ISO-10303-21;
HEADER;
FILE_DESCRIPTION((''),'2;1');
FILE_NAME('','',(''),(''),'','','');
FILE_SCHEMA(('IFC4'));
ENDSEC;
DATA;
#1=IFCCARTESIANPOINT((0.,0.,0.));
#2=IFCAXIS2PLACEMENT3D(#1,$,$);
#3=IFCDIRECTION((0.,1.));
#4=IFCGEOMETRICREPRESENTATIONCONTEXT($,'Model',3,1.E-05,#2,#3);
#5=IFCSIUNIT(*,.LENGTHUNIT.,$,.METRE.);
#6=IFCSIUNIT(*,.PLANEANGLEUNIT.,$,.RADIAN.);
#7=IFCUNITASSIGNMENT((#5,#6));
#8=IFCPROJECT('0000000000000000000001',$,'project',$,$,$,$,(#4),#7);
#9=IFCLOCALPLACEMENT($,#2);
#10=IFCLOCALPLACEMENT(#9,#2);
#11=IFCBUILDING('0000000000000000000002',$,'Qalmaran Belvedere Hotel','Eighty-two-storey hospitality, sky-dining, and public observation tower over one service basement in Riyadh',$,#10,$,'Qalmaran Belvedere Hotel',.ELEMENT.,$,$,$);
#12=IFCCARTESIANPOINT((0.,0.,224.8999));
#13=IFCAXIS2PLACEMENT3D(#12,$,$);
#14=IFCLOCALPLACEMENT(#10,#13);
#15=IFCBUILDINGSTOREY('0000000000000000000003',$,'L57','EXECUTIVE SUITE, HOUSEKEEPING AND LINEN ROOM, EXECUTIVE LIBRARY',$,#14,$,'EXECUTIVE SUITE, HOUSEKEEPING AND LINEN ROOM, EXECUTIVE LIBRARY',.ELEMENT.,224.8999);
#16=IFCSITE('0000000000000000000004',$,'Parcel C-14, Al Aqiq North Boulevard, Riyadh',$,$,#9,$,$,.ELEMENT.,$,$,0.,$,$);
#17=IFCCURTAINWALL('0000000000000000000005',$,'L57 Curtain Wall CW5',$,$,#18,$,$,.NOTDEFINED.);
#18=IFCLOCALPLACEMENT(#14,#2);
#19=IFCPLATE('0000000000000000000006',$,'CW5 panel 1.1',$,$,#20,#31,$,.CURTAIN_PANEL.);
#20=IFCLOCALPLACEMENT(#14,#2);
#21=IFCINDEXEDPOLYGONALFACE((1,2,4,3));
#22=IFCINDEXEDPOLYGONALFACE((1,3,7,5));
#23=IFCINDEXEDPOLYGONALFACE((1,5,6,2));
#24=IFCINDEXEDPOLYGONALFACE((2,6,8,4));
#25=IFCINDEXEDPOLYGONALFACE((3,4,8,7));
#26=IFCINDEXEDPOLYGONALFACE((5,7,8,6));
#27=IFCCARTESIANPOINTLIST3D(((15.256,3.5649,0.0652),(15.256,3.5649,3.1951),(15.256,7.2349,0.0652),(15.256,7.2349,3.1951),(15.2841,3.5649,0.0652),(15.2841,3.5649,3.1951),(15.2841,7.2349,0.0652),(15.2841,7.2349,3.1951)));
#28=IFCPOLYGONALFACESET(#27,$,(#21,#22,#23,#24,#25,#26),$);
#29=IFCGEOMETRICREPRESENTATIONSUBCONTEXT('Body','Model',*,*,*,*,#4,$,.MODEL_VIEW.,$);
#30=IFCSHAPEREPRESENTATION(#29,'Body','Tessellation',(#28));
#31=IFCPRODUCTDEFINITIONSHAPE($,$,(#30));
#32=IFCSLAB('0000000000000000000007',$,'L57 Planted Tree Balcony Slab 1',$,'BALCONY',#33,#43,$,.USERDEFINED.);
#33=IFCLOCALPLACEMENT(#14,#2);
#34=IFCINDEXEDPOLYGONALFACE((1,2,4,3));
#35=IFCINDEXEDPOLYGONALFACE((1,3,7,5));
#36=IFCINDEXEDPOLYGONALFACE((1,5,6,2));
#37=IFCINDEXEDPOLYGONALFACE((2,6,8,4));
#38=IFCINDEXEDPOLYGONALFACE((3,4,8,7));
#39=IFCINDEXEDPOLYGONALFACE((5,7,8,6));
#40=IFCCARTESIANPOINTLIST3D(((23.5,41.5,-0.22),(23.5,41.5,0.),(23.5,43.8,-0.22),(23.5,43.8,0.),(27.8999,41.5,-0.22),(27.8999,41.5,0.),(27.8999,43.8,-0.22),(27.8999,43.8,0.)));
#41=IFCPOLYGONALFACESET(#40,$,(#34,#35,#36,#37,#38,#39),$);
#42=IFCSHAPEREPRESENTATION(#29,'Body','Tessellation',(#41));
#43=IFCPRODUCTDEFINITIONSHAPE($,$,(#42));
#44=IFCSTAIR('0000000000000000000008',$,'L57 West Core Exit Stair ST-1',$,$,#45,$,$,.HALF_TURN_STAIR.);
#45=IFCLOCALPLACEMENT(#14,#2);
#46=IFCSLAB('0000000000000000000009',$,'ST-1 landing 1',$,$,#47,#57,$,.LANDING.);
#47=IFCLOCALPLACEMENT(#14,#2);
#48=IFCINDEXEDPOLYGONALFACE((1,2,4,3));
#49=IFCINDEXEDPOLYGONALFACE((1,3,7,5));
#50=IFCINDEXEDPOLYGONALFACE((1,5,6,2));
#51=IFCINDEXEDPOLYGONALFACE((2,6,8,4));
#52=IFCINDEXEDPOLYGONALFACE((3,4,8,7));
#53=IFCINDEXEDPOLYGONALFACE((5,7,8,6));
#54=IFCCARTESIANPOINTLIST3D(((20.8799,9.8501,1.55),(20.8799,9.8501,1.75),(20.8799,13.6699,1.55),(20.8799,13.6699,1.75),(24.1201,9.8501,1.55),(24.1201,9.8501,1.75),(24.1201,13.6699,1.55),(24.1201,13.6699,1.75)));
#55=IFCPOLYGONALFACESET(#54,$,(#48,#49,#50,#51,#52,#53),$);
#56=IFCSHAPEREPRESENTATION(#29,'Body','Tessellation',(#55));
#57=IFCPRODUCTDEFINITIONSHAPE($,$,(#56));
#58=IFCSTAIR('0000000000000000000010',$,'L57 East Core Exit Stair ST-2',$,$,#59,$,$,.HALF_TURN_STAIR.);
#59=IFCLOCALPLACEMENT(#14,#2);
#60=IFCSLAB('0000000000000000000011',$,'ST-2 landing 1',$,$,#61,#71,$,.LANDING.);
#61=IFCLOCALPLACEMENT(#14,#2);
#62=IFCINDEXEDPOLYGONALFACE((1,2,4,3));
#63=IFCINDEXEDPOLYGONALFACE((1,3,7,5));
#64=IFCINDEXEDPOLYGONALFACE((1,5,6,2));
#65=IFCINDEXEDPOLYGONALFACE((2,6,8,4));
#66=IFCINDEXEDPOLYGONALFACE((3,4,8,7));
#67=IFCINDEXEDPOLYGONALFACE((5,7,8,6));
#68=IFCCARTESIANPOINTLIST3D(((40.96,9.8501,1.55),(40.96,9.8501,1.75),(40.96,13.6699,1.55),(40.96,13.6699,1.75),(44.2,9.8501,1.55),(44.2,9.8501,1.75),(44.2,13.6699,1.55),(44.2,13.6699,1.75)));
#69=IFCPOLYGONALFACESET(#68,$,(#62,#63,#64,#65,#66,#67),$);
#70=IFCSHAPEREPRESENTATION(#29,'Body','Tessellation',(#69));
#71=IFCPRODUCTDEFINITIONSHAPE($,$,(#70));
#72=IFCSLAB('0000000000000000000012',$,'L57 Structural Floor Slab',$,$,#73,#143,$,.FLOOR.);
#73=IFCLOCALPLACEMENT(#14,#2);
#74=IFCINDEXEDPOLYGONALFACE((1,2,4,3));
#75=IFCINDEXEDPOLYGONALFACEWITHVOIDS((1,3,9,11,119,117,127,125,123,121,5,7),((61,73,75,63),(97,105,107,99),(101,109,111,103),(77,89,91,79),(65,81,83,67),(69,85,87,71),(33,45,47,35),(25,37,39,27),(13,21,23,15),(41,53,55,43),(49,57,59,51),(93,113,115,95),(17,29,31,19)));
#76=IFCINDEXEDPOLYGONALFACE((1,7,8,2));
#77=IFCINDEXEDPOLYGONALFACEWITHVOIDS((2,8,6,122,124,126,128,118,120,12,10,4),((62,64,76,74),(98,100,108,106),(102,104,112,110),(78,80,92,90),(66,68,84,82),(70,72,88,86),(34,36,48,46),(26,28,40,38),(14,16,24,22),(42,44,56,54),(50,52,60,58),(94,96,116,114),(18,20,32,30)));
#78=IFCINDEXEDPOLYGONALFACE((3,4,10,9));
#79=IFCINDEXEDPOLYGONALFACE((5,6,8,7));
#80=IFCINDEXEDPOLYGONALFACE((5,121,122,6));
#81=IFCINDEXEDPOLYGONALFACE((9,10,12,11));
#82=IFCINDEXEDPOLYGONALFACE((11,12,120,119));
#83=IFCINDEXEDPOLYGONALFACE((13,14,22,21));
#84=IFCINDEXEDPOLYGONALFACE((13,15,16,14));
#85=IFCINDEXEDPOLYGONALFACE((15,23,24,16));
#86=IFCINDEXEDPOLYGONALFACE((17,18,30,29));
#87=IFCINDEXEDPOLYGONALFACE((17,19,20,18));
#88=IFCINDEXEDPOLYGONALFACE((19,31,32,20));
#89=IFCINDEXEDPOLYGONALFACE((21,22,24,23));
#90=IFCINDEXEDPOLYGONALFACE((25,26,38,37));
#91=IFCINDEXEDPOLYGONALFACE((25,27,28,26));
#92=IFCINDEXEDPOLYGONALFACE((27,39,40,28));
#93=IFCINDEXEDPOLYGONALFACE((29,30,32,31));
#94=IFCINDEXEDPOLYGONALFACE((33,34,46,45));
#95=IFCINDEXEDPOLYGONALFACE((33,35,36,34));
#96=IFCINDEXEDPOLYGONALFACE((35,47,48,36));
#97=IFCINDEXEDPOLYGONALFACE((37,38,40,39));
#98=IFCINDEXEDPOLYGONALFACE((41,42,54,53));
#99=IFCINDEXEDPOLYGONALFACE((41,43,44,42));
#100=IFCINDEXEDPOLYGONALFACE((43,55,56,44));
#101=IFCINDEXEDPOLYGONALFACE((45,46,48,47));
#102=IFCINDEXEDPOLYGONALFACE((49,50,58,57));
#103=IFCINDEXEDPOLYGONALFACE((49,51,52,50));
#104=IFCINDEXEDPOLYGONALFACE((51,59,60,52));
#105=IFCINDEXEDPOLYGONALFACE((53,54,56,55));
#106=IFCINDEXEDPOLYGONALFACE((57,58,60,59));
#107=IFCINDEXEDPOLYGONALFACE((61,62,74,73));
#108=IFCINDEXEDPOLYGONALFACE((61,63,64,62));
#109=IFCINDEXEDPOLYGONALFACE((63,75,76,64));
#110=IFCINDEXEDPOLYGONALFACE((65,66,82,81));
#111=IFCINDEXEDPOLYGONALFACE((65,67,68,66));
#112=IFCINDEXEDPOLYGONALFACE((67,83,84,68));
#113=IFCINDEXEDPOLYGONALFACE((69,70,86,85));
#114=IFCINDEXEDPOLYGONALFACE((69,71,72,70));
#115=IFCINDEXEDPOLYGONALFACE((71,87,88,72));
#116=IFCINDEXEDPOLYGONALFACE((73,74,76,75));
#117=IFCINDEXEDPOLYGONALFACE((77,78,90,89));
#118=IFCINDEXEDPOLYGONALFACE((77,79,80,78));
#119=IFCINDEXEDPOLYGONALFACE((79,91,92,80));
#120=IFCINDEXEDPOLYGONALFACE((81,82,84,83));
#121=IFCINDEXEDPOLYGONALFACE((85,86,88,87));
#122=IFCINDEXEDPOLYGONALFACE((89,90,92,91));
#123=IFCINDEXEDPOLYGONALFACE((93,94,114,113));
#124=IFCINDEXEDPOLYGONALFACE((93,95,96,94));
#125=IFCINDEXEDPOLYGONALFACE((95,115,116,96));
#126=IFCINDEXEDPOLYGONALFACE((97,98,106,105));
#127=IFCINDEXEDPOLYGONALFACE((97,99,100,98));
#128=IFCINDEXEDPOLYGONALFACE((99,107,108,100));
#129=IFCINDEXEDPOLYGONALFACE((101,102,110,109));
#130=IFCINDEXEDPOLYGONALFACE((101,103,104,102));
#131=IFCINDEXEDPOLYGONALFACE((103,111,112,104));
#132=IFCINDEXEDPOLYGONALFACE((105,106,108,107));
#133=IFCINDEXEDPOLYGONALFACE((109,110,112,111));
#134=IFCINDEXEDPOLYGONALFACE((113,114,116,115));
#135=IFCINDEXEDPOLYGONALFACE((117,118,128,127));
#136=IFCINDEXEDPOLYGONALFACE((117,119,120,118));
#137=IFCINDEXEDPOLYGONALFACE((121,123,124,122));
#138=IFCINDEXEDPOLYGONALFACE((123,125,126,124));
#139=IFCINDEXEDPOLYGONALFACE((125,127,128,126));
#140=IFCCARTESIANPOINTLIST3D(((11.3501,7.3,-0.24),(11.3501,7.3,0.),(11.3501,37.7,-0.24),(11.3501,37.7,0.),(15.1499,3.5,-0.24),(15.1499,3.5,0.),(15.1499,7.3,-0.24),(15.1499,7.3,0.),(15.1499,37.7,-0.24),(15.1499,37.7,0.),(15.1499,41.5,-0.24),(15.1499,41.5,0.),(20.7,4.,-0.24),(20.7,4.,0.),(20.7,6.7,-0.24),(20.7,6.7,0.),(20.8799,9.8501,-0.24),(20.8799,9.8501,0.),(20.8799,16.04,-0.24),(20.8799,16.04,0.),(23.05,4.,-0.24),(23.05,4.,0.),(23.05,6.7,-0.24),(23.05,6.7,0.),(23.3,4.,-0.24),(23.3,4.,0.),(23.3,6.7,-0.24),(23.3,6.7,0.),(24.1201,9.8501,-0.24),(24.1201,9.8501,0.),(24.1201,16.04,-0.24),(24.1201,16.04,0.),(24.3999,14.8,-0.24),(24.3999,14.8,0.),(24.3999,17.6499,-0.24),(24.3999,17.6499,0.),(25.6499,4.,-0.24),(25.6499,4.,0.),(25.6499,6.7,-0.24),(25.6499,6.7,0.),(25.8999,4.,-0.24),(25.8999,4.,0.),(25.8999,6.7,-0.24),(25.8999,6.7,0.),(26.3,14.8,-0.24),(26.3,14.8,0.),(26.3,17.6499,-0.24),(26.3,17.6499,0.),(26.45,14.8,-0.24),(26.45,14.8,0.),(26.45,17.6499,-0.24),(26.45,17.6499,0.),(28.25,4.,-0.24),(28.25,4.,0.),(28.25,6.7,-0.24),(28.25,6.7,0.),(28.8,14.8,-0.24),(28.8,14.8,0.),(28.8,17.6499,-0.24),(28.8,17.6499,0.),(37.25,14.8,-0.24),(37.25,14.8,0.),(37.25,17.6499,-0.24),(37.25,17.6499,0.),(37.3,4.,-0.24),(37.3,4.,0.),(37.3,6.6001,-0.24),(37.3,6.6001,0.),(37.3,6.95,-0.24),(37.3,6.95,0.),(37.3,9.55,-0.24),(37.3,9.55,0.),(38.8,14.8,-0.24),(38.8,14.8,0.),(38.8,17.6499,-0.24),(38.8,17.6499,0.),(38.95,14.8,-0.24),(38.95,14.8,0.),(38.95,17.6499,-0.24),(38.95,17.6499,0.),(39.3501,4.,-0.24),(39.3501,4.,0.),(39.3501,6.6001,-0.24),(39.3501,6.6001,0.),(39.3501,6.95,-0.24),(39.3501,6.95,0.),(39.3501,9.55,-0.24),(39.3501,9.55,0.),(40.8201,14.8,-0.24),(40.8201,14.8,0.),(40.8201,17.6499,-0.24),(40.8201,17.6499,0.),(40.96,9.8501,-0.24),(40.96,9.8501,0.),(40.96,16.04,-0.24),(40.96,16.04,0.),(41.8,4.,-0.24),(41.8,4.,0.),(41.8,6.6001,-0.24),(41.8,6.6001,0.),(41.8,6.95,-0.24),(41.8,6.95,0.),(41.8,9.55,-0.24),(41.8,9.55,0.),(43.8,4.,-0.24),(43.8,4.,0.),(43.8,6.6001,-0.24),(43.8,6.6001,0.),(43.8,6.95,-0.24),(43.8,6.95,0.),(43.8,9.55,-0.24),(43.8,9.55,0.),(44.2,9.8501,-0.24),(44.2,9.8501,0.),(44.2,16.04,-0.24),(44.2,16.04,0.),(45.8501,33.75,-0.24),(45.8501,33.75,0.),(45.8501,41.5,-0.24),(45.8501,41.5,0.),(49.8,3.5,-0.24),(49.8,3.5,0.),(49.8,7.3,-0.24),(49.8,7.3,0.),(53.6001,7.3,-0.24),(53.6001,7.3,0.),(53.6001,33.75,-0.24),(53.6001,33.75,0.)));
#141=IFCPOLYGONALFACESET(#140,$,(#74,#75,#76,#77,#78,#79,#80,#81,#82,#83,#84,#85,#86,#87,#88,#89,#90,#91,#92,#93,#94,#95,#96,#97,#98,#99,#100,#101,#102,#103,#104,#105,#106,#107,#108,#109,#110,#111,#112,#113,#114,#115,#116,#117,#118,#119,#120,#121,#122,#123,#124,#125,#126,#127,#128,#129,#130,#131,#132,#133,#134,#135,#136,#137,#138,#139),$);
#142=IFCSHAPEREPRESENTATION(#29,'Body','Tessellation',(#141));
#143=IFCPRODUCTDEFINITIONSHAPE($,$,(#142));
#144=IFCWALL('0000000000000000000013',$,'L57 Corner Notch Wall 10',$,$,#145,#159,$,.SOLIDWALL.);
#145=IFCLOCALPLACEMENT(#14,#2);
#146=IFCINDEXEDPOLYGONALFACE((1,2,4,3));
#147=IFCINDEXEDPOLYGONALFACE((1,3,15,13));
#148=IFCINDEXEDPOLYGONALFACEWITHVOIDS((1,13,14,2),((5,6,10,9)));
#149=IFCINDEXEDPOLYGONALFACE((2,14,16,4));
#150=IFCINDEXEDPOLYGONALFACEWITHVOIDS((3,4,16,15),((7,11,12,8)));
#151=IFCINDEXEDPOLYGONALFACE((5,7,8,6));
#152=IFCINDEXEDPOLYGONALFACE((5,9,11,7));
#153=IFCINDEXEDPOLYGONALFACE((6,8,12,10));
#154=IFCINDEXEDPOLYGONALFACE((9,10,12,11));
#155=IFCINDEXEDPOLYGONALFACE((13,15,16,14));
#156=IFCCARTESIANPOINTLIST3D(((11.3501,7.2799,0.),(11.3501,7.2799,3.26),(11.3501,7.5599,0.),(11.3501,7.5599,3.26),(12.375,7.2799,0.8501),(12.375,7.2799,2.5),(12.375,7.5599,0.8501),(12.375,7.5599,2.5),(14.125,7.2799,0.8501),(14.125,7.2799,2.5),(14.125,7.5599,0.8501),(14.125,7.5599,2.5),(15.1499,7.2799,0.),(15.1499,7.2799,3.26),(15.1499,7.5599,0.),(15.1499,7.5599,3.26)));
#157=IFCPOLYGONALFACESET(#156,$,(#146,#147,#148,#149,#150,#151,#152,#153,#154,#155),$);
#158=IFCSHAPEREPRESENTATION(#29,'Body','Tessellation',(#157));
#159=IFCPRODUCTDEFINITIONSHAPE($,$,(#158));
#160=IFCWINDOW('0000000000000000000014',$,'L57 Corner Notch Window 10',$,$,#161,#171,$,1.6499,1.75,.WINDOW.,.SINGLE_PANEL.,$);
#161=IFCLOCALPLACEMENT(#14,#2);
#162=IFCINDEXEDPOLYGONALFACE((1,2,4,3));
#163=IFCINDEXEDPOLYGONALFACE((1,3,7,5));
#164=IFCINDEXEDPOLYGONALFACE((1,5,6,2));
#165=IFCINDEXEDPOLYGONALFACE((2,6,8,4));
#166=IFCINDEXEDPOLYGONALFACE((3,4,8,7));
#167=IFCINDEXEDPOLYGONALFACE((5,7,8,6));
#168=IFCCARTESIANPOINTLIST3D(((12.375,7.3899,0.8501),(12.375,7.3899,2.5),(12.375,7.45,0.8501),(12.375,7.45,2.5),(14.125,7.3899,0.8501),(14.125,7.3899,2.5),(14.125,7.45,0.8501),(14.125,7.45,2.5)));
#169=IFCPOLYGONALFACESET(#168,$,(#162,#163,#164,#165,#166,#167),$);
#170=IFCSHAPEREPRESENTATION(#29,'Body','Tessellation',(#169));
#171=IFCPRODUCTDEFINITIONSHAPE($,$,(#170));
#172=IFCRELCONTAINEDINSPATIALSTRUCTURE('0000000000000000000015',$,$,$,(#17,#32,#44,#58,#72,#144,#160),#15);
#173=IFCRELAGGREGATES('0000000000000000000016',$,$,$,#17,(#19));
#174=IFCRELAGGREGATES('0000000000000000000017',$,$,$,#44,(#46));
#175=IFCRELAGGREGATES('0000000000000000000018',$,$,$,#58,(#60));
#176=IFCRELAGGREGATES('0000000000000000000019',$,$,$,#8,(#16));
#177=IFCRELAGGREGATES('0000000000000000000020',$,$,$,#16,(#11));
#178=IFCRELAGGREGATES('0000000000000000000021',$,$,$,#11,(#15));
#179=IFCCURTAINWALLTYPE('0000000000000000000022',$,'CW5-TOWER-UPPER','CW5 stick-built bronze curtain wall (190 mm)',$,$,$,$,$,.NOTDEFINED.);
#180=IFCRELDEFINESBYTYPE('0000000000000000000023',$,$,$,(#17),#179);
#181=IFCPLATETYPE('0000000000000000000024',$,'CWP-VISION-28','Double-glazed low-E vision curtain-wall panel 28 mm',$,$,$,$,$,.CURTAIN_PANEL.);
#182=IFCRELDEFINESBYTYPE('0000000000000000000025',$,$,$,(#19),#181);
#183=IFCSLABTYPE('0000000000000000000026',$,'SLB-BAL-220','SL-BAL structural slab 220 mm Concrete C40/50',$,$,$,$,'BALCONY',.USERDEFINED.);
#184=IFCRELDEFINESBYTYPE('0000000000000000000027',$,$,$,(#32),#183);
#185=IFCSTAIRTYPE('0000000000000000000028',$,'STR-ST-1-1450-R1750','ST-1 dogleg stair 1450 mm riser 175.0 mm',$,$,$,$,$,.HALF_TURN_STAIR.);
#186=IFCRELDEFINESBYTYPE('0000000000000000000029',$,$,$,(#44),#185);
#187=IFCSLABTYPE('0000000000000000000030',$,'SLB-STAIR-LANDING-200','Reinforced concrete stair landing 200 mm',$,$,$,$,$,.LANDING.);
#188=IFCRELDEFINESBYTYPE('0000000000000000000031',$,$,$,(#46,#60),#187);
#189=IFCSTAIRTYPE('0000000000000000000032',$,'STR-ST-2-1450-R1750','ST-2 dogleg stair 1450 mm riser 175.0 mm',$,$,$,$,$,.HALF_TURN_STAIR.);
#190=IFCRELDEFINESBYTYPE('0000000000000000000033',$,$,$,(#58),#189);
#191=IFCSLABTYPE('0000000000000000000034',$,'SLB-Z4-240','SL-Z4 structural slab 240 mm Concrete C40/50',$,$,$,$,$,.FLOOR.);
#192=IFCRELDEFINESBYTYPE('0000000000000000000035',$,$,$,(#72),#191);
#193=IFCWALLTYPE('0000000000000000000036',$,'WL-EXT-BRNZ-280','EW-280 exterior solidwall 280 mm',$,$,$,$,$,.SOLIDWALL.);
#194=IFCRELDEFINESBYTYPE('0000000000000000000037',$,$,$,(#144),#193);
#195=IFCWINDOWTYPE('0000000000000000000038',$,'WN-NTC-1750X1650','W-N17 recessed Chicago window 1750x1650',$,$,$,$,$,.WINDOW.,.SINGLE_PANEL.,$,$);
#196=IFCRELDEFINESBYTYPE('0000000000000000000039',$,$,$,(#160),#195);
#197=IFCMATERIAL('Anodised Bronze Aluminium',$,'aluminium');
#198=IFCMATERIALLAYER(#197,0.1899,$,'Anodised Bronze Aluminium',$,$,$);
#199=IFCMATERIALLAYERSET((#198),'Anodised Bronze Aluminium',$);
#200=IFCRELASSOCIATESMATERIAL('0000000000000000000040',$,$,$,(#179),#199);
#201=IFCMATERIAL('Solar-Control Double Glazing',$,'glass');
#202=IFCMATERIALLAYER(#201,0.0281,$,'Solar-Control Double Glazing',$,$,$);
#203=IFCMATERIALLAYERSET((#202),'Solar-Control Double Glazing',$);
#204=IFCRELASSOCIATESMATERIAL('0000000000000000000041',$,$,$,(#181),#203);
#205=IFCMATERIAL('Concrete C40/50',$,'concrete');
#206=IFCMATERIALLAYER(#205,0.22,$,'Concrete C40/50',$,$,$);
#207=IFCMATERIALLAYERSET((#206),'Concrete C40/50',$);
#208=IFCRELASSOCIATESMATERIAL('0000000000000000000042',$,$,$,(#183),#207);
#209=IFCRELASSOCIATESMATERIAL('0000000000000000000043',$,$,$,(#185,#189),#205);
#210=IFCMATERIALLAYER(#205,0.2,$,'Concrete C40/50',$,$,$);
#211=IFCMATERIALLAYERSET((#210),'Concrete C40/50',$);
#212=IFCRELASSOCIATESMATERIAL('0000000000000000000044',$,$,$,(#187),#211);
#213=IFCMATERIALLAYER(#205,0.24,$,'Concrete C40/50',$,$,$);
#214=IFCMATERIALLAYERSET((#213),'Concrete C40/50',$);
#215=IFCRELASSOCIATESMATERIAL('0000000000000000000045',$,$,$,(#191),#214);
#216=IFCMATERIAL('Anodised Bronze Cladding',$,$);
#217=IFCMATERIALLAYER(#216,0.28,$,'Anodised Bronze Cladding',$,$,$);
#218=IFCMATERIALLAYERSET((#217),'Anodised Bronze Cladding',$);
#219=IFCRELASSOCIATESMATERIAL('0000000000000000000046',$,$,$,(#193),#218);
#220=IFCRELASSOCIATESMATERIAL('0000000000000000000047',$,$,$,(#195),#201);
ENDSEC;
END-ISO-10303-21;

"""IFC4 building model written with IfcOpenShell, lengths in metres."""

from ifc_helpers import new_model, si_unit, direction, frame, frame_2d, origin, origin_2d, place, context, subcontext, project, spatial, polyline, rectangle, outline, extrude, material, layer, layer_set, type_object, element, fill, aggregate, save


model = new_model("IFC4")

# Units and contexts
model_context = context("Model", 3, precision=1e-05, world=origin(), true_north=direction((0.0, 1.0)))
body_context = subcontext(model_context, "Body", "Model", "MODEL_VIEW")
ifc_project = project(units=[si_unit("LENGTHUNIT", "METRE"), si_unit("PLANEANGLEUNIT", "RADIAN")], contexts=[model_context])

# Site, building, storey
site_placement = place(None, origin())
site = spatial("IfcSite", under=ifc_project, at=site_placement, Name="Parcel C-14, Al Aqiq North Boulevard, Riyadh", CompositionType="ELEMENT", RefElevation=0.0)
building_placement = place(site_placement, origin())
building = spatial("IfcBuilding", under=site, at=building_placement, Name="Qalmaran Belvedere Hotel", Description="Eighty-two-storey hospitality, sky-dining, and public observation tower over one service basement in Riyadh", LongName="Qalmaran Belvedere Hotel", CompositionType="ELEMENT")
storey_placement = place(building_placement, frame((0.0, 0.0, 224.8999)))
storey = spatial("IfcBuildingStorey", under=building, at=storey_placement, Name="L57", Description="EXECUTIVE SUITE, HOUSEKEEPING AND LINEN ROOM, EXECUTIVE LIBRARY", LongName="EXECUTIVE SUITE, HOUSEKEEPING AND LINEN ROOM, EXECUTIVE LIBRARY", CompositionType="ELEMENT", Elevation=224.8999)

# Shared definitions
ifc_material_1 = material(Name="Anodised Bronze Aluminium", Category="aluminium")
ifc_layer_1 = layer(ifc_material_1, 0.1899, Name="Anodised Bronze Aluminium")
ifc_layer_set_1 = layer_set([ifc_layer_1], Name="Anodised Bronze Aluminium")
curtain_wall_type = type_object("IfcCurtainWallType", Name="CW5-TOWER-UPPER", Description="CW5 stick-built bronze curtain wall (190 mm)", PredefinedType="NOTDEFINED", material=ifc_layer_set_1)

# Curtain wall
curtain_wall_1_placement = place(storey_placement, origin())
curtain_wall_1 = element("IfcCurtainWall", 1, at=curtain_wall_1_placement, inside=storey, type_object=curtain_wall_type, Name="L57 Curtain Wall CW5", PredefinedType="NOTDEFINED")

# Plate
ifc_material_2 = material(Name="Solar-Control Double Glazing", Category="glass")
ifc_layer_2 = layer(ifc_material_2, 0.0281, Name="Solar-Control Double Glazing")
ifc_layer_set_2 = layer_set([ifc_layer_2], Name="Solar-Control Double Glazing")
plate_type = type_object("IfcPlateType", Name="CWP-VISION-28", Description="Double-glazed low-E vision curtain-wall panel 28 mm", PredefinedType="CURTAIN_PANEL", material=ifc_layer_set_2)
plate_1_placement = place(storey_placement, frame((15.27, 5.3999, 0.0652), z_axis=(0.0, 0.0, 1.0), x_axis=(0.0, -1.0, 0.0)))
plate_1 = element("IfcPlate", 2, at=plate_1_placement, type_object=plate_type, Name="CW5 panel 1.1", PredefinedType="CURTAIN_PANEL", context=body_context, shape_type="SweptSolid", body=[
    extrude(rectangle(XDim=3.6699, YDim=0.0281, at=origin_2d()), origin(), (0.0, 0.0, 1.0), 3.1299),
])
aggregate(curtain_wall_1, [plate_1])

# Slab
ifc_material_3 = material(Name="Concrete C40/50", Category="concrete")
ifc_layer_3 = layer(ifc_material_3, 0.22, Name="Concrete C40/50")
ifc_layer_set_3 = layer_set([ifc_layer_3], Name="Concrete C40/50")
slab_type_1 = type_object("IfcSlabType", Name="SLB-BAL-220", Description="SL-BAL structural slab 220 mm Concrete C40/50", ElementType="BALCONY", PredefinedType="USERDEFINED", material=ifc_layer_set_3)
slab_1_placement = place(storey_placement, frame((0.0, 0.0, -0.22)))
element("IfcSlab", 3, at=slab_1_placement, inside=storey, type_object=slab_type_1, Name="L57 Planted Tree Balcony Slab 1", ObjectType="BALCONY", PredefinedType="USERDEFINED", context=body_context, shape_type="SweptSolid", body=[
    extrude(outline(polyline([(23.5, 41.5), (27.8999, 41.5), (27.8999, 43.8), (23.5, 43.8), (23.5, 41.5)])), origin(), (0.0, 0.0, 1.0), 0.22),
])

# Stairs, slabs
stair_type_1 = type_object("IfcStairType", Name="STR-ST-1-1450-R1750", Description="ST-1 dogleg stair 1450 mm riser 175.0 mm", PredefinedType="HALF_TURN_STAIR", material=ifc_material_3)
stair_1_placement = place(storey_placement, origin())
stair_1 = element("IfcStair", 4, at=stair_1_placement, inside=storey, type_object=stair_type_1, Name="L57 West Core Exit Stair ST-1", PredefinedType="HALF_TURN_STAIR")
ifc_layer_4 = layer(ifc_material_3, 0.2, Name="Concrete C40/50")
ifc_layer_set_4 = layer_set([ifc_layer_4], Name="Concrete C40/50")
slab_type_2 = type_object("IfcSlabType", Name="SLB-STAIR-LANDING-200", Description="Reinforced concrete stair landing 200 mm", PredefinedType="LANDING", material=ifc_layer_set_4)
slab_2_placement = place(storey_placement, frame((0.0, 0.0, 1.55)))
slab_2 = element("IfcSlab", 5, at=slab_2_placement, type_object=slab_type_2, Name="ST-1 landing 1", PredefinedType="LANDING", context=body_context, shape_type="SweptSolid", body=[
    extrude(outline(polyline([(20.8799, 13.6699), (20.8799, 9.8501), (24.1201, 9.8501), (24.1201, 13.6699), (20.8799, 13.6699)])), origin(), (0.0, 0.0, 1.0), 0.2),
])
aggregate(stair_1, [slab_2])
stair_type_2 = type_object("IfcStairType", Name="STR-ST-2-1450-R1750", Description="ST-2 dogleg stair 1450 mm riser 175.0 mm", PredefinedType="HALF_TURN_STAIR", material=ifc_material_3)
stair_2_placement = place(storey_placement, origin())
stair_2 = element("IfcStair", 6, at=stair_2_placement, inside=storey, type_object=stair_type_2, Name="L57 East Core Exit Stair ST-2", PredefinedType="HALF_TURN_STAIR")
slab_3_placement = place(storey_placement, frame((0.0, 0.0, 1.55)))
slab_3 = element("IfcSlab", 7, at=slab_3_placement, type_object=slab_type_2, Name="ST-2 landing 1", PredefinedType="LANDING", context=body_context, shape_type="SweptSolid", body=[
    extrude(outline(polyline([(40.96, 13.6699), (40.96, 9.8501), (44.2, 9.8501), (44.2, 13.6699), (40.96, 13.6699)])), origin(), (0.0, 0.0, 1.0), 0.2),
])
aggregate(stair_2, [slab_3])

# Slab
ifc_layer_5 = layer(ifc_material_3, 0.24, Name="Concrete C40/50")
ifc_layer_set_5 = layer_set([ifc_layer_5], Name="Concrete C40/50")
slab_type_3 = type_object("IfcSlabType", Name="SLB-Z4-240", Description="SL-Z4 structural slab 240 mm Concrete C40/50", PredefinedType="FLOOR", material=ifc_layer_set_5)
slab_4_placement = place(storey_placement, frame((0.0, 0.0, -0.24)))
element("IfcSlab", 8, at=slab_4_placement, inside=storey, type_object=slab_type_3, Name="L57 Structural Floor Slab", PredefinedType="FLOOR", context=body_context, shape_type="SweptSolid", body=[
    extrude(outline(polyline([(15.1499, 3.5), (49.8, 3.5), (49.8, 7.3), (53.6001, 7.3), (53.6001, 33.75), (45.8501, 33.75), (45.8501, 41.5), (15.1499, 41.5), (15.1499, 37.7), (11.3501, 37.7), (11.3501, 7.3), (15.1499, 7.3), (15.1499, 3.5)]), holes=[polyline([(20.8799, 9.8501), (24.1201, 9.8501), (24.1201, 16.04), (20.8799, 16.04), (20.8799, 9.8501)]), polyline([(40.96, 9.8501), (44.2, 9.8501), (44.2, 16.04), (40.96, 16.04), (40.96, 9.8501)]), polyline([(37.3, 4.0), (39.3501, 4.0), (39.3501, 6.6001), (37.3, 6.6001), (37.3, 4.0)]), polyline([(37.3, 6.95), (39.3501, 6.95), (39.3501, 9.55), (37.3, 9.55), (37.3, 6.95)]), polyline([(41.8, 4.0), (43.8, 4.0), (43.8, 6.6001), (41.8, 6.6001), (41.8, 4.0)]), polyline([(41.8, 6.95), (43.8, 6.95), (43.8, 9.55), (41.8, 9.55), (41.8, 6.95)]), polyline([(20.7, 4.0), (23.05, 4.0), (23.05, 6.7), (20.7, 6.7), (20.7, 4.0)]), polyline([(23.3, 4.0), (25.6499, 4.0), (25.6499, 6.7), (23.3, 6.7), (23.3, 4.0)]), polyline([(25.8999, 4.0), (28.25, 4.0), (28.25, 6.7), (25.8999, 6.7), (25.8999, 4.0)]), polyline([(24.3999, 14.8), (26.3, 14.8), (26.3, 17.6499), (24.3999, 17.6499), (24.3999, 14.8)]), polyline([(38.95, 14.8), (40.8201, 14.8), (40.8201, 17.6499), (38.95, 17.6499), (38.95, 14.8)]), polyline([(26.45, 14.8), (28.8, 14.8), (28.8, 17.6499), (26.45, 17.6499), (26.45, 14.8)]), polyline([(37.25, 14.8), (38.8, 14.8), (38.8, 17.6499), (37.25, 17.6499), (37.25, 14.8)])]), origin(), (0.0, 0.0, 1.0), 0.24),
])

# Wall, opening, window
ifc_material_4 = material(Name="Anodised Bronze Cladding")
ifc_layer_6 = layer(ifc_material_4, 0.28, Name="Anodised Bronze Cladding")
ifc_layer_set_6 = layer_set([ifc_layer_6], Name="Anodised Bronze Cladding")
wall_type_1 = type_object("IfcWallType", Name="WL-EXT-BRNZ-280", Description="EW-280 exterior solidwall 280 mm", PredefinedType="SOLIDWALL", material=ifc_layer_set_6)
wall_1_placement = place(storey_placement, frame((11.3501, 7.4199, 0.0), z_axis=(0.0, 0.0, 1.0), x_axis=(1.0, 0.0, 0.0)))
wall_1 = element("IfcWall", 9, at=wall_1_placement, inside=storey, type_object=wall_type_1, Name="L57 Corner Notch Wall 10", PredefinedType="SOLIDWALL", context=body_context, shape_type="SweptSolid", body=[
    extrude(rectangle(XDim=3.7998, YDim=0.28, at=frame_2d((1.8999, 0.0))), origin(), (0.0, 0.0, 1.0), 3.26),
])
opening_placement = place(wall_1_placement, frame((1.0249, 0.0, 0.8501)))
opening = element("IfcOpeningElement", 10, at=opening_placement, cuts=wall_1, PredefinedType="OPENING", context=body_context, shape_type="SweptSolid", body=[
    extrude(rectangle(XDim=1.75, YDim=1.6499, at=frame_2d((0.875, 0.825))), frame((0.0, 0.1499, 0.0), z_axis=(0.0, -1.0, 0.0), x_axis=(1.0, 0.0, 0.0)), (0.0, 0.0, 1.0), 0.3),
])
window_type = type_object("IfcWindowType", Name="WN-NTC-1750X1650", Description="W-N17 recessed Chicago window 1750x1650", PartitioningType="SINGLE_PANEL", PredefinedType="WINDOW", material=ifc_material_2)
window_placement = place(opening_placement, origin())
window = element("IfcWindow", 11, at=window_placement, inside=storey, type_object=window_type, Name="L57 Corner Notch Window 10", OverallHeight=1.6499, OverallWidth=1.75, PartitioningType="SINGLE_PANEL", PredefinedType="WINDOW", context=body_context, shape_type="SweptSolid", body=[
    extrude(rectangle(XDim=1.75, YDim=1.6499, at=frame_2d((0.875, 0.825))), frame((0.0, 0.03, 0.0), z_axis=(0.0, -1.0, 0.0), x_axis=(1.0, 0.0, 0.0)), (0.0, 0.0, 1.0), 0.0601),
])
fill(opening, window)

save(model, "model.ifc")
